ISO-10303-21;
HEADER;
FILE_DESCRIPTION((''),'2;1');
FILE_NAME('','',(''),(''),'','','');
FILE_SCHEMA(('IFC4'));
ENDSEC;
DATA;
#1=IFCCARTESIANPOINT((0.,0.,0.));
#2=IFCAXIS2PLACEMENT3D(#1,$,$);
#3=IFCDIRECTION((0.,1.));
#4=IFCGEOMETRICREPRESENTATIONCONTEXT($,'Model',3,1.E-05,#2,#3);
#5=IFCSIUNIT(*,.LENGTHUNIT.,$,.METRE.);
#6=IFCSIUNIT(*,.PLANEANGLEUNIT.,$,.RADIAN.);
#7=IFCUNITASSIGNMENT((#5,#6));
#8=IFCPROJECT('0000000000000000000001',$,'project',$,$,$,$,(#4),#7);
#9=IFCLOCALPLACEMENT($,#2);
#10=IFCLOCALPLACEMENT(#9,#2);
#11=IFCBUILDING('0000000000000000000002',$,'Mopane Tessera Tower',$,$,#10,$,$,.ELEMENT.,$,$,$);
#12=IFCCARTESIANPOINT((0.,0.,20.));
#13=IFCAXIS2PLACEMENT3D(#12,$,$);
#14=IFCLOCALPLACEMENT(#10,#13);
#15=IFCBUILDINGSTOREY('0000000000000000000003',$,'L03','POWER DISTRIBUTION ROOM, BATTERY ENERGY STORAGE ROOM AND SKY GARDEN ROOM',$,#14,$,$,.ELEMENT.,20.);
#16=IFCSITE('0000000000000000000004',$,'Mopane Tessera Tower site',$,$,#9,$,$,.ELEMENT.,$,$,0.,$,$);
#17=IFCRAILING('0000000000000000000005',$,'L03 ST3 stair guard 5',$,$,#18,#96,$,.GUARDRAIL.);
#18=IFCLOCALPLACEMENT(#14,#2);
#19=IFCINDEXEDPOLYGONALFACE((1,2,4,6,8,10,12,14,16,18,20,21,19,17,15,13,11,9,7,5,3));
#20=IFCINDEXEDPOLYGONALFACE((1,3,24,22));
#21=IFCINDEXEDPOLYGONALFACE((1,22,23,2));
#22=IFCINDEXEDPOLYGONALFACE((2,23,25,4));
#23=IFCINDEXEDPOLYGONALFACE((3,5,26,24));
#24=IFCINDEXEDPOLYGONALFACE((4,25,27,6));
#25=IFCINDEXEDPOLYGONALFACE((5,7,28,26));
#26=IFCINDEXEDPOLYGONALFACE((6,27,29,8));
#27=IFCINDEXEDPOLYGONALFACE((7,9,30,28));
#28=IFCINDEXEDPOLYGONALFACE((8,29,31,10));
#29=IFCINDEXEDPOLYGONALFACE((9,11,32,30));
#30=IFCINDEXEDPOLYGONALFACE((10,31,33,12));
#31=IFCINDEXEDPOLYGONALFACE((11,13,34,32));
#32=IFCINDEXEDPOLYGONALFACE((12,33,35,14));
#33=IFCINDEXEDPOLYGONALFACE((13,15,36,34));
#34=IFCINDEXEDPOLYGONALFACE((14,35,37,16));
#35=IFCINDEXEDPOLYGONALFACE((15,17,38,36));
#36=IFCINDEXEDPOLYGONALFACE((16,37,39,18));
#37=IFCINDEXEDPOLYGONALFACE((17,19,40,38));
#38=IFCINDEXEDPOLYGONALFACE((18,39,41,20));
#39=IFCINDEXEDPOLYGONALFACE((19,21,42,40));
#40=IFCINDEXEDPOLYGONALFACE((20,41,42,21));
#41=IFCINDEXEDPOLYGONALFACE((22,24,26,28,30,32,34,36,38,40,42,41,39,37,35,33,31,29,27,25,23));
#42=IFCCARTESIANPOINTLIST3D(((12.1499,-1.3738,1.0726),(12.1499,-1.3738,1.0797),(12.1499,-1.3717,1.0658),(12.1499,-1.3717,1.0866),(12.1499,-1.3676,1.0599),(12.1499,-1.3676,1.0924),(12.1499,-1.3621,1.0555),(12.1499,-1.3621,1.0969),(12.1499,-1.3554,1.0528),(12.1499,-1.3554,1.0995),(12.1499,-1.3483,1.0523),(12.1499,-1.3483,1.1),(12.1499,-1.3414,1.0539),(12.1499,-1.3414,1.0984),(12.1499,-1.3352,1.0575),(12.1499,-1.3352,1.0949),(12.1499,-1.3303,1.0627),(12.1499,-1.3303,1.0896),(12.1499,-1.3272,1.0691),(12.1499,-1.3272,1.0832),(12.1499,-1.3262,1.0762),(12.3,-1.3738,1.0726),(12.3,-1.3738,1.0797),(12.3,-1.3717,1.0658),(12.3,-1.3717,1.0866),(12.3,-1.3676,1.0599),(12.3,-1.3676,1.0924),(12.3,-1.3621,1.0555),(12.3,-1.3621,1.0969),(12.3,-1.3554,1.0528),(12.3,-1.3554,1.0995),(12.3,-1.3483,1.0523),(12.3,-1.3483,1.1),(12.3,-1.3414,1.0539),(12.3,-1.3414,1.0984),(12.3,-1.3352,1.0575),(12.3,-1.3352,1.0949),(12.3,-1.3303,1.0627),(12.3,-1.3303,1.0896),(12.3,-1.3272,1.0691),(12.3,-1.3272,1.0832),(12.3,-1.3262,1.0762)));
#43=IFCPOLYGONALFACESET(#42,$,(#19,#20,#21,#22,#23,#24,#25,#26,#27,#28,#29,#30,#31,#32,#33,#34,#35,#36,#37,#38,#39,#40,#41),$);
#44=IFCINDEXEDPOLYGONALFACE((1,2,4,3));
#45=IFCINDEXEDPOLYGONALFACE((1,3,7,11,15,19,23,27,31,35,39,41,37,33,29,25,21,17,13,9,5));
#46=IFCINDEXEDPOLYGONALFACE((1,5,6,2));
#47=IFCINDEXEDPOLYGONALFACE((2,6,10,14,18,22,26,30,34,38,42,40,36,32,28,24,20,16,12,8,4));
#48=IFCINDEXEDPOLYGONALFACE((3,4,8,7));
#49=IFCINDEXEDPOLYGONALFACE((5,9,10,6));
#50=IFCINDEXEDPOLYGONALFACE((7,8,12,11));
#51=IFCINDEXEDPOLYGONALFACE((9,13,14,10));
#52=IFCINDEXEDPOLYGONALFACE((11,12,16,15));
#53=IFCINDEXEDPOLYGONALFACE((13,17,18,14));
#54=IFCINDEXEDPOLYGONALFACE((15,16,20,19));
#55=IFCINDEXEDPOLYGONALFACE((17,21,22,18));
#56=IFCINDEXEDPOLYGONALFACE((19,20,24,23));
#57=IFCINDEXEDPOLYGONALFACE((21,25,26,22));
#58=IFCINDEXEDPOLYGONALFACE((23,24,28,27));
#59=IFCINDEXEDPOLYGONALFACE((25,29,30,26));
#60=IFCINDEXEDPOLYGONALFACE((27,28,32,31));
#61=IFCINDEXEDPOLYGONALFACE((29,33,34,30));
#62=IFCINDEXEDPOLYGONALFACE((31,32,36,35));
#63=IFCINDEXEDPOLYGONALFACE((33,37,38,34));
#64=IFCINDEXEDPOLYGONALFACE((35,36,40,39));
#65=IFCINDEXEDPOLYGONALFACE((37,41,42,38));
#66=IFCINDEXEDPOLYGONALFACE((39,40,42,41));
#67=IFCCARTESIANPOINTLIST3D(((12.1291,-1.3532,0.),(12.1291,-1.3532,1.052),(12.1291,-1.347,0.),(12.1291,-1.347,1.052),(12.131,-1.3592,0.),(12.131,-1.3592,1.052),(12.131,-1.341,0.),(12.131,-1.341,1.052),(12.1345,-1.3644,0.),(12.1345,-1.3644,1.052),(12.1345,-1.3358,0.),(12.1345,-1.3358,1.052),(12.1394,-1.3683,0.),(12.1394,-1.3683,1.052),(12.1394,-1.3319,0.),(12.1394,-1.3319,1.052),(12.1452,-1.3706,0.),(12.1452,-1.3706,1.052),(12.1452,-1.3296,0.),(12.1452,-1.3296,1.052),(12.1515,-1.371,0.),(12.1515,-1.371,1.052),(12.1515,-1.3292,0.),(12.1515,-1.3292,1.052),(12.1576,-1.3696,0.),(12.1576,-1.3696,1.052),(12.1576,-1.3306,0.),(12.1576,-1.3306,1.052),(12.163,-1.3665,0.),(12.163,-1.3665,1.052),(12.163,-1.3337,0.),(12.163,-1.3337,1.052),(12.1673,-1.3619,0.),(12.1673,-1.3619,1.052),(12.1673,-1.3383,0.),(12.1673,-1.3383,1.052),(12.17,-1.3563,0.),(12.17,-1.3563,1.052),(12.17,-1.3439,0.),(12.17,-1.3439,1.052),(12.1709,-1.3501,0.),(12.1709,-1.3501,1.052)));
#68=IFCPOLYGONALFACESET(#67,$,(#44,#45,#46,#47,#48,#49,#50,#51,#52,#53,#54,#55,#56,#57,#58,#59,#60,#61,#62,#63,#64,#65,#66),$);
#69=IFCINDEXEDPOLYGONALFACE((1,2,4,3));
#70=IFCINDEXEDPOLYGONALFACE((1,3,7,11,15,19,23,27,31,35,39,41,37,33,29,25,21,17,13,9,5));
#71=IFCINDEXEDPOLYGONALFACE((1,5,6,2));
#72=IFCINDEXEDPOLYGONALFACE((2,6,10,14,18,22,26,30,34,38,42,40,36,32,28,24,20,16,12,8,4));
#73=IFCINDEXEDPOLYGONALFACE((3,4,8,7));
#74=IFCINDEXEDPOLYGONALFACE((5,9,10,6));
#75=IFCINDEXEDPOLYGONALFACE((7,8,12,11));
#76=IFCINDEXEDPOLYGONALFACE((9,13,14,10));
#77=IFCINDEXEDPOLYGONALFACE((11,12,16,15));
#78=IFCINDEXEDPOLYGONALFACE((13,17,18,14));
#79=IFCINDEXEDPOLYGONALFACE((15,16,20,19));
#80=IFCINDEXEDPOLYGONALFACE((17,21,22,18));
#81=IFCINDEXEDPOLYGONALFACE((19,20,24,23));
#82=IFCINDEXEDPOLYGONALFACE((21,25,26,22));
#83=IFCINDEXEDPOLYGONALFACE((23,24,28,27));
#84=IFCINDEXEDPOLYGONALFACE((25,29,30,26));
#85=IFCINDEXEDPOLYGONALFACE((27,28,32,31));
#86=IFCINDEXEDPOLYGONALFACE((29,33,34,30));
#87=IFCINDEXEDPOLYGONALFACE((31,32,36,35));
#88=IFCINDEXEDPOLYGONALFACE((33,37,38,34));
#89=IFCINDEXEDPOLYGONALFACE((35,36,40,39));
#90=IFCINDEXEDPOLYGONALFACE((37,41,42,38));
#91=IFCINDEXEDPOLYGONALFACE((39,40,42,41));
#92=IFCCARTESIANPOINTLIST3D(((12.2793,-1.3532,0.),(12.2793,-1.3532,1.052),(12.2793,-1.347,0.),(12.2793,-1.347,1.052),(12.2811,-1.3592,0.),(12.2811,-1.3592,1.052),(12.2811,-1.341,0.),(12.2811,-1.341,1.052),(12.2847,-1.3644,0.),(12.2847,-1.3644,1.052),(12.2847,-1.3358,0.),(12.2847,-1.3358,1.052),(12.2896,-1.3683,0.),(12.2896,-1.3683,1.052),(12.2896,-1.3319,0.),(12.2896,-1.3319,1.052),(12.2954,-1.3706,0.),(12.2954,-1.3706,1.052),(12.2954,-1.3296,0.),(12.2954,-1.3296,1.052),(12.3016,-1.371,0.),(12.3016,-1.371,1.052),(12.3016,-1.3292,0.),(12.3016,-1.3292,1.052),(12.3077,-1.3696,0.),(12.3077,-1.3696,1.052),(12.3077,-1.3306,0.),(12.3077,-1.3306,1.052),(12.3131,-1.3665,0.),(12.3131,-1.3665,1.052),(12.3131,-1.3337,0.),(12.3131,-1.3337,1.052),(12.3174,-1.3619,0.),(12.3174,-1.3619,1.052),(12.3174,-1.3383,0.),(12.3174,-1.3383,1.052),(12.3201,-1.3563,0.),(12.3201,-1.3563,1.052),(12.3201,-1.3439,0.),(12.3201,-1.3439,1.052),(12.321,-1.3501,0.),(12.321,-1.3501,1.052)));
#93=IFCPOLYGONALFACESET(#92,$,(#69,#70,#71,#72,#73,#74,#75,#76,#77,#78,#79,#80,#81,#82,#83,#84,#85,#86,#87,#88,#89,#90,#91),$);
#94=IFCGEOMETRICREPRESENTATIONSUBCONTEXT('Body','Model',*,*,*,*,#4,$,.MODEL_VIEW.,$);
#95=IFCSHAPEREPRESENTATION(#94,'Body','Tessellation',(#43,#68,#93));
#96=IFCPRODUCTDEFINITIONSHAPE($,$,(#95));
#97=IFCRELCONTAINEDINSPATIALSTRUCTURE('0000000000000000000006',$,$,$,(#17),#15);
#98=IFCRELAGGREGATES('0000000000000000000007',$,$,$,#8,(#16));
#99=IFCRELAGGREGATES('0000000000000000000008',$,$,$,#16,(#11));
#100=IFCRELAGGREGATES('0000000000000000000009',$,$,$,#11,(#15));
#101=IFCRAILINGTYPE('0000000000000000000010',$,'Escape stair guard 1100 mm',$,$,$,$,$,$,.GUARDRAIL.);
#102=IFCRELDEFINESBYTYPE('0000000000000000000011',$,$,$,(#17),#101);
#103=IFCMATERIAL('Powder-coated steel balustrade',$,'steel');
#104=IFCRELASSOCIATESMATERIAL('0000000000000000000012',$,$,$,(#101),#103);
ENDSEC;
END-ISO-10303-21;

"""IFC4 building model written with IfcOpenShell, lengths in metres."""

from ifc_helpers import new_model, si_unit, direction, frame, origin, origin_2d, place, context, subcontext, project, spatial, circle, extrude, material, type_object, element, save


model = new_model("IFC4")

# Units and contexts
model_context = context("Model", 3, precision=1e-05, world=origin(), true_north=direction((0.0, 1.0)))
body_context = subcontext(model_context, "Body", "Model", "MODEL_VIEW")
ifc_project = project(units=[si_unit("LENGTHUNIT", "METRE"), si_unit("PLANEANGLEUNIT", "RADIAN")], contexts=[model_context])

# Site, building, storey
site_placement = place(None, origin())
site = spatial("IfcSite", under=ifc_project, at=site_placement, Name="Mopane Tessera Tower site", CompositionType="ELEMENT", RefElevation=0.0)
building_placement = place(site_placement, origin())
building = spatial("IfcBuilding", under=site, at=building_placement, Name="Mopane Tessera Tower", CompositionType="ELEMENT")
storey_placement = place(building_placement, frame((0.0, 0.0, 20.0)))
storey = spatial("IfcBuildingStorey", under=building, at=storey_placement, Name="L03", Description="POWER DISTRIBUTION ROOM, BATTERY ENERGY STORAGE ROOM AND SKY GARDEN ROOM", CompositionType="ELEMENT", Elevation=20.0)

# Railing
ifc_material_1 = material(Name="Powder-coated steel balustrade", Category="steel")
railing_type_1 = type_object("IfcRailingType", Name="Escape stair guard 1100 mm", PredefinedType="GUARDRAIL", material=ifc_material_1)
railing_1_placement = place(storey_placement, frame((12.1499, -1.3501, 0.0)))
element("IfcRailing", 1, at=railing_1_placement, inside=storey, type_object=railing_type_1, Name="L03 ST3 stair guard 5", PredefinedType="GUARDRAIL", context=body_context, shape_type="SweptSolid", body=[
    extrude(circle(Radius=0.0239, at=origin_2d()), frame((0.0, 0.0, 1.0762), z_axis=(1.0, 0.0, 0.0), x_axis=(0.0, 1.0, 0.0)), (0.0, 0.0, 1.0), 0.1501),
    extrude(circle(Radius=0.021, at=origin_2d()), origin(), (0.0, 0.0, 1.0), 1.052),
    extrude(circle(Radius=0.021, at=origin_2d()), frame((0.1501, 0.0, 0.0)), (0.0, 0.0, 1.0), 1.052),
])

save(model, "model.ifc")
